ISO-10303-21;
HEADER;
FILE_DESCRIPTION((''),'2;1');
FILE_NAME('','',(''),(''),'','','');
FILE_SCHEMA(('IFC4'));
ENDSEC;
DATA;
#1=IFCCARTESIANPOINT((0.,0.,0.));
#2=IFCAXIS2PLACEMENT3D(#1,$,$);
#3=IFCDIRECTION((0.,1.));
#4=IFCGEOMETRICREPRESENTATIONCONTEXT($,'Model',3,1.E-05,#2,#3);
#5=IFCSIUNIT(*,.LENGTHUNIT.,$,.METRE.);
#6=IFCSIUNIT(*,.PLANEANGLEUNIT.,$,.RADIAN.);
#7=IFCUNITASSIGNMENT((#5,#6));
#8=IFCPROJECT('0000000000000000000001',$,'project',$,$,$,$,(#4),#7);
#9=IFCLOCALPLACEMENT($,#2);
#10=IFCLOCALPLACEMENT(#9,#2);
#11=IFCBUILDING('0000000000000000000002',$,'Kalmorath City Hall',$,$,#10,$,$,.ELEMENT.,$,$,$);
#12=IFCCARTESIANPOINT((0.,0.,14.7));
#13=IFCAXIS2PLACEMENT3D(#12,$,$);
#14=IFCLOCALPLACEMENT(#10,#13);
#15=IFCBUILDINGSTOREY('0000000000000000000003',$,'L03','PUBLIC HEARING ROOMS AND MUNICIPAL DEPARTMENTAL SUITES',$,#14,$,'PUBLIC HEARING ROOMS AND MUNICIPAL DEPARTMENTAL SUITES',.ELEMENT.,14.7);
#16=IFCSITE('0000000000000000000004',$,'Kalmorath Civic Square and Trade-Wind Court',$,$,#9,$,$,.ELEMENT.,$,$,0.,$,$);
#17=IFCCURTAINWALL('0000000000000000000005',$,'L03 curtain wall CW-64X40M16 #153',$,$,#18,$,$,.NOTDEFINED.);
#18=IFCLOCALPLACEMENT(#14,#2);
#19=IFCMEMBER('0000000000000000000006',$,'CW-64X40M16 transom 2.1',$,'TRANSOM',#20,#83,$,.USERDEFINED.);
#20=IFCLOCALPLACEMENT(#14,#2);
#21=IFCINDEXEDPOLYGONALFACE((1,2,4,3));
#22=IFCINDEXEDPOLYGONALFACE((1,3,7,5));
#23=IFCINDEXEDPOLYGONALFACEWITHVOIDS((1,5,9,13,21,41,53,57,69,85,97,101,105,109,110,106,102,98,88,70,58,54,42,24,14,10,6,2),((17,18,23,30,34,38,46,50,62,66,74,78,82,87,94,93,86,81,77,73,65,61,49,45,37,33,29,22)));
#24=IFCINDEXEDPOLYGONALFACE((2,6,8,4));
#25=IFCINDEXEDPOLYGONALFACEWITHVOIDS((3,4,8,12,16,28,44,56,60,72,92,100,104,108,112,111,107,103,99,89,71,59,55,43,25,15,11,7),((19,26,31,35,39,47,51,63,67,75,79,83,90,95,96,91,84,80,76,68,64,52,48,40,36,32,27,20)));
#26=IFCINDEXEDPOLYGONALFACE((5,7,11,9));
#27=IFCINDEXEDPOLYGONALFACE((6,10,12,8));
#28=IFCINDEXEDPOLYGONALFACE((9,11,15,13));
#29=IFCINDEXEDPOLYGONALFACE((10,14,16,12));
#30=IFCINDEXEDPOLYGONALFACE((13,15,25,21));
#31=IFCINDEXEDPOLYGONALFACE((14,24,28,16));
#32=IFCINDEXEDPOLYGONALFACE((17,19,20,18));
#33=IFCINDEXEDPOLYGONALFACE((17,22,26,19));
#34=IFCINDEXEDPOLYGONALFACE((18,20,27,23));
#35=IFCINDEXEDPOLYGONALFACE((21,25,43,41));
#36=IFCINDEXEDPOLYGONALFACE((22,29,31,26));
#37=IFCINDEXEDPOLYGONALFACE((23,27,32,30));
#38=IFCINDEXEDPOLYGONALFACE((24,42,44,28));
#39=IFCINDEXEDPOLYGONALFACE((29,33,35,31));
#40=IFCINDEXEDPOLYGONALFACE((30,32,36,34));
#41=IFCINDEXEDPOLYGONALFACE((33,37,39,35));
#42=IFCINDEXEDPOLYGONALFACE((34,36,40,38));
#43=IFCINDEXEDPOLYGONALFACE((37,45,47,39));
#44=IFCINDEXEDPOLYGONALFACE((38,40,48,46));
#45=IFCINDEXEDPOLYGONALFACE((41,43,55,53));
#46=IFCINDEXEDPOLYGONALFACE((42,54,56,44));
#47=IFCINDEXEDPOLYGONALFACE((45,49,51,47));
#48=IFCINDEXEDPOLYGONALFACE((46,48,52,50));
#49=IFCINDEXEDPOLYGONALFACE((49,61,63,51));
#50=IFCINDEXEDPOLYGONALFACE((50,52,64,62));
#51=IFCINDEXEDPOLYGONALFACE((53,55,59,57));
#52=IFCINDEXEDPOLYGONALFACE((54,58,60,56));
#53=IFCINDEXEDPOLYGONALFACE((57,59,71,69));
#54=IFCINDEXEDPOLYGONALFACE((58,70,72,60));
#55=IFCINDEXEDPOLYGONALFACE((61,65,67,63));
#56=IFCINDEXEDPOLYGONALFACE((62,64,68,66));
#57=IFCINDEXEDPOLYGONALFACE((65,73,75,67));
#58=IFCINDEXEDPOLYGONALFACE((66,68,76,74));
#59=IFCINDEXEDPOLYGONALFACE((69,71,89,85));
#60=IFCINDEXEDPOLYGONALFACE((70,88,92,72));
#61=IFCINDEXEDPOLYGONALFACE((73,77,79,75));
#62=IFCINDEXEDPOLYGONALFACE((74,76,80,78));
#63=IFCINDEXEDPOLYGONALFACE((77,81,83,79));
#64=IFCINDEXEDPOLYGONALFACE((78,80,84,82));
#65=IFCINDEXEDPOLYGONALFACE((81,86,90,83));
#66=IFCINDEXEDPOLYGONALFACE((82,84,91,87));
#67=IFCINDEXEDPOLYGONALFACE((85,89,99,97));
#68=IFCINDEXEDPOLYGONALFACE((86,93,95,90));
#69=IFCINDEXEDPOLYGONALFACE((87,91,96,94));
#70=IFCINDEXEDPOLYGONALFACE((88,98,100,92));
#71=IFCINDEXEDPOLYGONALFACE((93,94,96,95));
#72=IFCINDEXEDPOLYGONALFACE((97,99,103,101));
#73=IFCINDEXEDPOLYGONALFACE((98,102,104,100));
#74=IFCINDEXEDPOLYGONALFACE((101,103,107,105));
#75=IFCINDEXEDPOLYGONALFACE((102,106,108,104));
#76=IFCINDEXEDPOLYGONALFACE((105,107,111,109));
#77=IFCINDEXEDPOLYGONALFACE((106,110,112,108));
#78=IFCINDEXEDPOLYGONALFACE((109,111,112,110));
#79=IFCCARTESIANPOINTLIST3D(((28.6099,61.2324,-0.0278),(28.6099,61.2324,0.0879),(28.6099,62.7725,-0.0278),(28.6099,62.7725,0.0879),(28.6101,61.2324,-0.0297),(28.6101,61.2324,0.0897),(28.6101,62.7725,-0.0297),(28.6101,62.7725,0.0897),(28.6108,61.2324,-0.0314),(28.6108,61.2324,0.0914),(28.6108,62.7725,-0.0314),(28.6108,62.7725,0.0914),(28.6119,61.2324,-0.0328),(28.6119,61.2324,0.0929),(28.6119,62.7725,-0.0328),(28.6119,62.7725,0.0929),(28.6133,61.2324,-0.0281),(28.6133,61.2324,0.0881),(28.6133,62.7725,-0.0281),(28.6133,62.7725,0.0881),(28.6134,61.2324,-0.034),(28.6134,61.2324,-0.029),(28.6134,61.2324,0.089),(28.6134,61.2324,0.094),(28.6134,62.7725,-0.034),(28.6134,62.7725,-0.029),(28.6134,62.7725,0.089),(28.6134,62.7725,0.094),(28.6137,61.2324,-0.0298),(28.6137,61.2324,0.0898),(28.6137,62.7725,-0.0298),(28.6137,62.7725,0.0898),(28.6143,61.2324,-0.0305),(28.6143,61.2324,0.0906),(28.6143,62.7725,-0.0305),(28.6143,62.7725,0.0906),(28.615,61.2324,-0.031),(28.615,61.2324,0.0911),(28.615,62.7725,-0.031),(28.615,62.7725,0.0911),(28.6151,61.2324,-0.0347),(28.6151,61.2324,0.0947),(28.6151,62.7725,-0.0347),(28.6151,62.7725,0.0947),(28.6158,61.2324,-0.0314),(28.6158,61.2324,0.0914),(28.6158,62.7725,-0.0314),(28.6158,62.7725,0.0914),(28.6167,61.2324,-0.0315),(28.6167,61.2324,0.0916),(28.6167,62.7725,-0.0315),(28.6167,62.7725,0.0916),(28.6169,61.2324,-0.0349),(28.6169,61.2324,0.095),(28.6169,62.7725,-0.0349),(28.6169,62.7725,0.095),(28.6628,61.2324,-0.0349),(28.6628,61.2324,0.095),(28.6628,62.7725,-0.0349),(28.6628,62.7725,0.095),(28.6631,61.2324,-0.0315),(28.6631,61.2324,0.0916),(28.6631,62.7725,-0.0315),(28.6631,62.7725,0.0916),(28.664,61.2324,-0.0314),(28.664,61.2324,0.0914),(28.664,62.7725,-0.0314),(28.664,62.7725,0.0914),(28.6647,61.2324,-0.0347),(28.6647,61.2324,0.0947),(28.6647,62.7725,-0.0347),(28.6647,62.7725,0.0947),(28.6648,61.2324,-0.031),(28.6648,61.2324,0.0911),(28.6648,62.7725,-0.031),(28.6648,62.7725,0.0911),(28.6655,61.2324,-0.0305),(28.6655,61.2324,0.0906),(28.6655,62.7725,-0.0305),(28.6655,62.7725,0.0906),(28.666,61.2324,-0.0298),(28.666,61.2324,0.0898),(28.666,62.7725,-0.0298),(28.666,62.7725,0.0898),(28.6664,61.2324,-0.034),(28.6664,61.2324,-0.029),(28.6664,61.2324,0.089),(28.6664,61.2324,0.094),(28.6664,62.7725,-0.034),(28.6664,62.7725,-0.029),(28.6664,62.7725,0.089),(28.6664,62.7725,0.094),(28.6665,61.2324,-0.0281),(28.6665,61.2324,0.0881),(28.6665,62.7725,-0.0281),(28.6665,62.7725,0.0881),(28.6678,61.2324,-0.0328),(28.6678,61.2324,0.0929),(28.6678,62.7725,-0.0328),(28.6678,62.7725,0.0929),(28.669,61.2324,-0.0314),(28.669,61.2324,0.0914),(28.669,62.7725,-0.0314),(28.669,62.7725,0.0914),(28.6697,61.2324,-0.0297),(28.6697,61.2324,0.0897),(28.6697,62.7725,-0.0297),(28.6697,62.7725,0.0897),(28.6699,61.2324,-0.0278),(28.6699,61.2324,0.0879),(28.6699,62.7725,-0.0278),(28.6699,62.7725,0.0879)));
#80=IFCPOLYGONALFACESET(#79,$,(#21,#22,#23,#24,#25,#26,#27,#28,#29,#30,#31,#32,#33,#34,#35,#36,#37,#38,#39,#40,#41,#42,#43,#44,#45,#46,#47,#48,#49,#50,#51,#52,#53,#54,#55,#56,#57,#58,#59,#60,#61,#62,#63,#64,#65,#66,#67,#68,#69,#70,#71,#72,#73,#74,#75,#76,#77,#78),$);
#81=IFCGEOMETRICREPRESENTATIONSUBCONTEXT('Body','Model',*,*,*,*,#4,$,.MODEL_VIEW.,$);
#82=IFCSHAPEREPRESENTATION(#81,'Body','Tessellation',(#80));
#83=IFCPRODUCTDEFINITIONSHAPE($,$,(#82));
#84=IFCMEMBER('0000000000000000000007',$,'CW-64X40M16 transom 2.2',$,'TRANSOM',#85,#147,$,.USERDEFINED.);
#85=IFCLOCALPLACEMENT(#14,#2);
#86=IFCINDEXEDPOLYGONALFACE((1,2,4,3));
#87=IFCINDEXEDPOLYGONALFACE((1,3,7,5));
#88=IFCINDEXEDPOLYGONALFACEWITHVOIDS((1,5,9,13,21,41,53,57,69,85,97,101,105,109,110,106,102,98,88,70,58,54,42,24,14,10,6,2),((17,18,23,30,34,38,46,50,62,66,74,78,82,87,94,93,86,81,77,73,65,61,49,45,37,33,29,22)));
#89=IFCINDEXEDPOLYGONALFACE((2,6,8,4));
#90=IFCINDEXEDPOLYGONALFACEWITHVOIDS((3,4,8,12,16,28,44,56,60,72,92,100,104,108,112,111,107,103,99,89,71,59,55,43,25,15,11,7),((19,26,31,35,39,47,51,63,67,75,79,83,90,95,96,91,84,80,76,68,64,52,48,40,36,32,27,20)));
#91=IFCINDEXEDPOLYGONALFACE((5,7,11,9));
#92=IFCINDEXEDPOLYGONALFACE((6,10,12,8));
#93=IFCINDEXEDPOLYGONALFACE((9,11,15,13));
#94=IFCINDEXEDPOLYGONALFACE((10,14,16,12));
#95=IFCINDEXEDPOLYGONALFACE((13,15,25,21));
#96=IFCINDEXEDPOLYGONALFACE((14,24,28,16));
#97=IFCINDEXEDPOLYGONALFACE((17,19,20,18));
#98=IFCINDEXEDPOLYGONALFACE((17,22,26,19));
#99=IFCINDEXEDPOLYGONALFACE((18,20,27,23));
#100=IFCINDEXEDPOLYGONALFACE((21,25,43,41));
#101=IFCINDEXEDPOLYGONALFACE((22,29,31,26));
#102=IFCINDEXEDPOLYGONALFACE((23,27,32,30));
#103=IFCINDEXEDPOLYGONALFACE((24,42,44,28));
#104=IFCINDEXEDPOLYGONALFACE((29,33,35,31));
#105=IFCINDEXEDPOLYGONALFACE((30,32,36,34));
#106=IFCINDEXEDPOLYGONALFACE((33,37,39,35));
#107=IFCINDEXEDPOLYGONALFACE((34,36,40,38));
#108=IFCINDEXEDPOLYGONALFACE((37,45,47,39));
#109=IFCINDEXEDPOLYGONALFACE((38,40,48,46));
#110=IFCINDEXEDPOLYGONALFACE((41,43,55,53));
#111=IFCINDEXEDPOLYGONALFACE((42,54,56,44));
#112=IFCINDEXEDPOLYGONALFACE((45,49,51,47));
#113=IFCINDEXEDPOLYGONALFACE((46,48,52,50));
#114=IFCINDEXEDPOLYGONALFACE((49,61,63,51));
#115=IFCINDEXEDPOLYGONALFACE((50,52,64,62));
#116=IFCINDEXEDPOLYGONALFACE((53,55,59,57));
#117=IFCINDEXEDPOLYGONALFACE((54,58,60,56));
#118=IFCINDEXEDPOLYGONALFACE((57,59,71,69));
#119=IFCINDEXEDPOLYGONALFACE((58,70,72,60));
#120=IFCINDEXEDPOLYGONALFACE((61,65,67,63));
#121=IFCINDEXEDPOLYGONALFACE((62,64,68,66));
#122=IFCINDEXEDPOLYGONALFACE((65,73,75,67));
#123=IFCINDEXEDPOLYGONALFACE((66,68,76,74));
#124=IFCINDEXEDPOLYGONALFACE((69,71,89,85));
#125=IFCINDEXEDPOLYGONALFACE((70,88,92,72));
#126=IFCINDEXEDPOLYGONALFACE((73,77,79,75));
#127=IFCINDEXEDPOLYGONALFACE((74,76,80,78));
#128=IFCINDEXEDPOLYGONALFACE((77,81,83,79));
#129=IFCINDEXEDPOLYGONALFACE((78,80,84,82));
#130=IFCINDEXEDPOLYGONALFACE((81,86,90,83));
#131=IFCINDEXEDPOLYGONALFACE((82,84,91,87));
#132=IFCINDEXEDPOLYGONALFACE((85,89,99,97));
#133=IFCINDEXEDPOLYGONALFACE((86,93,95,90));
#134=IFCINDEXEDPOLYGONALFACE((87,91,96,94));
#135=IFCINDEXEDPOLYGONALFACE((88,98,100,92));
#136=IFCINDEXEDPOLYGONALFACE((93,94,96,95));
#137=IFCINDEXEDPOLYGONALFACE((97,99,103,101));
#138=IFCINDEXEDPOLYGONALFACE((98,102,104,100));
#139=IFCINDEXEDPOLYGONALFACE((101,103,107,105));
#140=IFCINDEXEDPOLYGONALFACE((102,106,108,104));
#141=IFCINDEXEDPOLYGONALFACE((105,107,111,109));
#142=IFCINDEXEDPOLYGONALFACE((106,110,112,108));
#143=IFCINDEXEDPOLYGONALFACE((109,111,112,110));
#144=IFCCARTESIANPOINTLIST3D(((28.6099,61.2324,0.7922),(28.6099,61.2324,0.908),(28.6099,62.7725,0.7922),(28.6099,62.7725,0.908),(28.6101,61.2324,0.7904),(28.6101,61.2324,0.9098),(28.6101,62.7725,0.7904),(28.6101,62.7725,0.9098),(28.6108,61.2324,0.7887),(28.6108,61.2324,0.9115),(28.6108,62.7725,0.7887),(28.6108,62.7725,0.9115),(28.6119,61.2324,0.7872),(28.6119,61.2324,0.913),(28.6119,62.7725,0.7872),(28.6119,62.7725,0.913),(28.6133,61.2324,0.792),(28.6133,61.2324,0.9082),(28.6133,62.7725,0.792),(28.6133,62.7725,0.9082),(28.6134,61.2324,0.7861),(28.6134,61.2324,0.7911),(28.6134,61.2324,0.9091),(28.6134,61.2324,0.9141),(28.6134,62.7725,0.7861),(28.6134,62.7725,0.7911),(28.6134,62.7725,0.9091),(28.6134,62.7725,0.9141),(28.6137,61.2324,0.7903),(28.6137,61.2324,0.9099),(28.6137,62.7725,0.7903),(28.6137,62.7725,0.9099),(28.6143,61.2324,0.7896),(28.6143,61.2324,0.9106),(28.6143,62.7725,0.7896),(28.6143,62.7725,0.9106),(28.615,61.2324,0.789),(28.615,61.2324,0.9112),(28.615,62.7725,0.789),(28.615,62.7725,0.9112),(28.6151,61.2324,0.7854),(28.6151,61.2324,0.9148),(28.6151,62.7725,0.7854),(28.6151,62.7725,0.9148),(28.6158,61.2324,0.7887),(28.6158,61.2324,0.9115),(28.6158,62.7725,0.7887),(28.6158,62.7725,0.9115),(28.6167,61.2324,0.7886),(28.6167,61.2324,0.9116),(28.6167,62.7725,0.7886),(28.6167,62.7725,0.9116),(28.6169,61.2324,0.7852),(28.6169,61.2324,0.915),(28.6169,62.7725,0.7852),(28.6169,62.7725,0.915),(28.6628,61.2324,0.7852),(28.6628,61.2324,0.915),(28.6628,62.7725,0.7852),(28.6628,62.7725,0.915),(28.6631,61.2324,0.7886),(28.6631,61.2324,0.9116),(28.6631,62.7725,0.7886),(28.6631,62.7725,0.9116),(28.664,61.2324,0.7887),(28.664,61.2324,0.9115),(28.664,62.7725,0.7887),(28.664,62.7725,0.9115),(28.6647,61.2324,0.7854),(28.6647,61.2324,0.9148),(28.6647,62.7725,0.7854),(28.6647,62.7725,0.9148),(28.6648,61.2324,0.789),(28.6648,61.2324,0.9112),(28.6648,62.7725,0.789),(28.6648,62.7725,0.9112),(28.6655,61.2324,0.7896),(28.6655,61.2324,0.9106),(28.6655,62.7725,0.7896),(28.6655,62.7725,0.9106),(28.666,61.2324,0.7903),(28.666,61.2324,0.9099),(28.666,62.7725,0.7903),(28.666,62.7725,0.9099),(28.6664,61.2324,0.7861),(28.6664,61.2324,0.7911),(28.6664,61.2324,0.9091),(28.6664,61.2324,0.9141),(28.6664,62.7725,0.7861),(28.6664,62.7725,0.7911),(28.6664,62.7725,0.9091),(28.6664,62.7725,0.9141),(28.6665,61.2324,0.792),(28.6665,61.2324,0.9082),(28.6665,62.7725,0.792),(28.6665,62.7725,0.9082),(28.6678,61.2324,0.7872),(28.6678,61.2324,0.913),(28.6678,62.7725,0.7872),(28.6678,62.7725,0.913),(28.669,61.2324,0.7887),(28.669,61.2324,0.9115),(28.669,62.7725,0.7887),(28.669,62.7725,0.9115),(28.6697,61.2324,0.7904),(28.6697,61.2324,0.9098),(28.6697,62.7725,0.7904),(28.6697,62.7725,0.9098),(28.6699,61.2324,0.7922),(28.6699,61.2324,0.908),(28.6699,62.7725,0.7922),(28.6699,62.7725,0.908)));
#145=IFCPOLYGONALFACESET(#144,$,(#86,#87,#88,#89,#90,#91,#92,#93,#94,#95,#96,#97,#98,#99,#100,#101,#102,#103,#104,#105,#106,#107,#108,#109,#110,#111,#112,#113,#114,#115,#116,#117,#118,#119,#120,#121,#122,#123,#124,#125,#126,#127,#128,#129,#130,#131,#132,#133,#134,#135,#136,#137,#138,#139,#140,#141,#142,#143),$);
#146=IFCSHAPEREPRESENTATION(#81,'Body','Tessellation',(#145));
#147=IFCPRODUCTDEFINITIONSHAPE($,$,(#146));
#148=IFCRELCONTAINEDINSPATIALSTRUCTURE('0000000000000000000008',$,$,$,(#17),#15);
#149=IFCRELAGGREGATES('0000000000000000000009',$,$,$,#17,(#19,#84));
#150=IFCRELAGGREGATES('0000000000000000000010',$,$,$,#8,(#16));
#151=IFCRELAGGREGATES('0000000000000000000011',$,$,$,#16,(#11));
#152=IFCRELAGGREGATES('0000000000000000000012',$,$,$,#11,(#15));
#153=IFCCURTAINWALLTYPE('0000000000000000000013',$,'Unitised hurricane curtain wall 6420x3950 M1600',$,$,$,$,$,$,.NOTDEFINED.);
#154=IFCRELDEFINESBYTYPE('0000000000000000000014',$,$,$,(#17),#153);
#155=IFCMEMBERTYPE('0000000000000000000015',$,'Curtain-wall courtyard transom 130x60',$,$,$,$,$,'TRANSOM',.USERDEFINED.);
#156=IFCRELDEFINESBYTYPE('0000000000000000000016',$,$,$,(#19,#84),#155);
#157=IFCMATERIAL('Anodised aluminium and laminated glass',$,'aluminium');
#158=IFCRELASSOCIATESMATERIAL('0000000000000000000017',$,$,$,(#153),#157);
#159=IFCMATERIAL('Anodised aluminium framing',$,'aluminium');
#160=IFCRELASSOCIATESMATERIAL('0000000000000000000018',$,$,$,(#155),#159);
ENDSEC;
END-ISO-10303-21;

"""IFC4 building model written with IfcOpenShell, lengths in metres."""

from ifc_helpers import new_model, si_unit, direction, frame, origin, origin_2d, place, context, subcontext, project, spatial, hollow_rectangle, extrude, material, material_profile, profile_set, type_object, element, aggregate, save


model = new_model("IFC4")

# Units and contexts
model_context = context("Model", 3, precision=1e-05, world=origin(), true_north=direction((0.0, 1.0)))
body_context = subcontext(model_context, "Body", "Model", "MODEL_VIEW")
ifc_project = project(units=[si_unit("LENGTHUNIT", "METRE"), si_unit("PLANEANGLEUNIT", "RADIAN")], contexts=[model_context])

# Site, building, storey
site_placement = place(None, origin())
site = spatial("IfcSite", under=ifc_project, at=site_placement, Name="Kalmorath Civic Square and Trade-Wind Court", CompositionType="ELEMENT", RefElevation=0.0)
building_placement = place(site_placement, origin())
building = spatial("IfcBuilding", under=site, at=building_placement, Name="Kalmorath City Hall", CompositionType="ELEMENT")
storey_placement = place(building_placement, frame((0.0, 0.0, 14.7)))
storey = spatial("IfcBuildingStorey", under=building, at=storey_placement, Name="L03", Description="PUBLIC HEARING ROOMS AND MUNICIPAL DEPARTMENTAL SUITES", LongName="PUBLIC HEARING ROOMS AND MUNICIPAL DEPARTMENTAL SUITES", CompositionType="ELEMENT", Elevation=14.7)

# Curtain wall, members
ifc_material_1 = material(Name="Anodised aluminium and laminated glass", Category="aluminium")
curtain_wall_type = type_object("IfcCurtainWallType", Name="Unitised hurricane curtain wall 6420x3950 M1600", PredefinedType="NOTDEFINED", material=ifc_material_1)
curtain_wall_placement = place(storey_placement, origin())
curtain_wall = element("IfcCurtainWall", 1, at=curtain_wall_placement, inside=storey, type_object=curtain_wall_type, Name="L03 curtain wall CW-64X40M16 #153", PredefinedType="NOTDEFINED")
ifc_material_2 = material(Name="Anodised aluminium framing", Category="aluminium")
ifc_material_profile_1 = material_profile(ifc_material_2, hollow_rectangle(XDim=0.0601, YDim=0.1299, WallThickness=0.0034, InnerFilletRadius=0.0034, OuterFilletRadius=0.0071, at=origin_2d()), Name="ALU-TRN-130X60X3.5")
ifc_profile_set_1 = profile_set([ifc_material_profile_1], Name="Anodised aluminium framing")
member_type_1 = type_object("IfcMemberType", Name="Curtain-wall courtyard transom 130x60", ElementType="TRANSOM", PredefinedType="USERDEFINED", material=ifc_profile_set_1)
member_1_placement = place(storey_placement, frame((28.6399, 62.7725, 0.03), z_axis=(0.0, -1.0, 0.0), x_axis=(1.0, 0.0, 0.0)))
member_1 = element("IfcMember", 2, at=member_1_placement, type_object=member_type_1, Name="CW-64X40M16 transom 2.1", ObjectType="TRANSOM", PredefinedType="USERDEFINED", context=body_context, shape_type="SweptSolid", body=[
    extrude(hollow_rectangle(XDim=0.0601, YDim=0.1299, WallThickness=0.0034, InnerFilletRadius=0.0034, OuterFilletRadius=0.0071, at=origin_2d()), origin(), (0.0, 0.0, 1.0), 1.54),
])
member_2_placement = place(storey_placement, frame((28.6399, 62.7725, 0.8501), z_axis=(0.0, -1.0, 0.0), x_axis=(1.0, 0.0, 0.0)))
member_2 = element("IfcMember", 3, at=member_2_placement, type_object=member_type_1, Name="CW-64X40M16 transom 2.2", ObjectType="TRANSOM", PredefinedType="USERDEFINED", context=body_context, shape_type="SweptSolid", body=[
    extrude(hollow_rectangle(XDim=0.0601, YDim=0.1299, WallThickness=0.0034, InnerFilletRadius=0.0034, OuterFilletRadius=0.0071, at=origin_2d()), origin(), (0.0, 0.0, 1.0), 1.54),
])

aggregate(curtain_wall, [member_1, member_2])

save(model, "model.ifc")
